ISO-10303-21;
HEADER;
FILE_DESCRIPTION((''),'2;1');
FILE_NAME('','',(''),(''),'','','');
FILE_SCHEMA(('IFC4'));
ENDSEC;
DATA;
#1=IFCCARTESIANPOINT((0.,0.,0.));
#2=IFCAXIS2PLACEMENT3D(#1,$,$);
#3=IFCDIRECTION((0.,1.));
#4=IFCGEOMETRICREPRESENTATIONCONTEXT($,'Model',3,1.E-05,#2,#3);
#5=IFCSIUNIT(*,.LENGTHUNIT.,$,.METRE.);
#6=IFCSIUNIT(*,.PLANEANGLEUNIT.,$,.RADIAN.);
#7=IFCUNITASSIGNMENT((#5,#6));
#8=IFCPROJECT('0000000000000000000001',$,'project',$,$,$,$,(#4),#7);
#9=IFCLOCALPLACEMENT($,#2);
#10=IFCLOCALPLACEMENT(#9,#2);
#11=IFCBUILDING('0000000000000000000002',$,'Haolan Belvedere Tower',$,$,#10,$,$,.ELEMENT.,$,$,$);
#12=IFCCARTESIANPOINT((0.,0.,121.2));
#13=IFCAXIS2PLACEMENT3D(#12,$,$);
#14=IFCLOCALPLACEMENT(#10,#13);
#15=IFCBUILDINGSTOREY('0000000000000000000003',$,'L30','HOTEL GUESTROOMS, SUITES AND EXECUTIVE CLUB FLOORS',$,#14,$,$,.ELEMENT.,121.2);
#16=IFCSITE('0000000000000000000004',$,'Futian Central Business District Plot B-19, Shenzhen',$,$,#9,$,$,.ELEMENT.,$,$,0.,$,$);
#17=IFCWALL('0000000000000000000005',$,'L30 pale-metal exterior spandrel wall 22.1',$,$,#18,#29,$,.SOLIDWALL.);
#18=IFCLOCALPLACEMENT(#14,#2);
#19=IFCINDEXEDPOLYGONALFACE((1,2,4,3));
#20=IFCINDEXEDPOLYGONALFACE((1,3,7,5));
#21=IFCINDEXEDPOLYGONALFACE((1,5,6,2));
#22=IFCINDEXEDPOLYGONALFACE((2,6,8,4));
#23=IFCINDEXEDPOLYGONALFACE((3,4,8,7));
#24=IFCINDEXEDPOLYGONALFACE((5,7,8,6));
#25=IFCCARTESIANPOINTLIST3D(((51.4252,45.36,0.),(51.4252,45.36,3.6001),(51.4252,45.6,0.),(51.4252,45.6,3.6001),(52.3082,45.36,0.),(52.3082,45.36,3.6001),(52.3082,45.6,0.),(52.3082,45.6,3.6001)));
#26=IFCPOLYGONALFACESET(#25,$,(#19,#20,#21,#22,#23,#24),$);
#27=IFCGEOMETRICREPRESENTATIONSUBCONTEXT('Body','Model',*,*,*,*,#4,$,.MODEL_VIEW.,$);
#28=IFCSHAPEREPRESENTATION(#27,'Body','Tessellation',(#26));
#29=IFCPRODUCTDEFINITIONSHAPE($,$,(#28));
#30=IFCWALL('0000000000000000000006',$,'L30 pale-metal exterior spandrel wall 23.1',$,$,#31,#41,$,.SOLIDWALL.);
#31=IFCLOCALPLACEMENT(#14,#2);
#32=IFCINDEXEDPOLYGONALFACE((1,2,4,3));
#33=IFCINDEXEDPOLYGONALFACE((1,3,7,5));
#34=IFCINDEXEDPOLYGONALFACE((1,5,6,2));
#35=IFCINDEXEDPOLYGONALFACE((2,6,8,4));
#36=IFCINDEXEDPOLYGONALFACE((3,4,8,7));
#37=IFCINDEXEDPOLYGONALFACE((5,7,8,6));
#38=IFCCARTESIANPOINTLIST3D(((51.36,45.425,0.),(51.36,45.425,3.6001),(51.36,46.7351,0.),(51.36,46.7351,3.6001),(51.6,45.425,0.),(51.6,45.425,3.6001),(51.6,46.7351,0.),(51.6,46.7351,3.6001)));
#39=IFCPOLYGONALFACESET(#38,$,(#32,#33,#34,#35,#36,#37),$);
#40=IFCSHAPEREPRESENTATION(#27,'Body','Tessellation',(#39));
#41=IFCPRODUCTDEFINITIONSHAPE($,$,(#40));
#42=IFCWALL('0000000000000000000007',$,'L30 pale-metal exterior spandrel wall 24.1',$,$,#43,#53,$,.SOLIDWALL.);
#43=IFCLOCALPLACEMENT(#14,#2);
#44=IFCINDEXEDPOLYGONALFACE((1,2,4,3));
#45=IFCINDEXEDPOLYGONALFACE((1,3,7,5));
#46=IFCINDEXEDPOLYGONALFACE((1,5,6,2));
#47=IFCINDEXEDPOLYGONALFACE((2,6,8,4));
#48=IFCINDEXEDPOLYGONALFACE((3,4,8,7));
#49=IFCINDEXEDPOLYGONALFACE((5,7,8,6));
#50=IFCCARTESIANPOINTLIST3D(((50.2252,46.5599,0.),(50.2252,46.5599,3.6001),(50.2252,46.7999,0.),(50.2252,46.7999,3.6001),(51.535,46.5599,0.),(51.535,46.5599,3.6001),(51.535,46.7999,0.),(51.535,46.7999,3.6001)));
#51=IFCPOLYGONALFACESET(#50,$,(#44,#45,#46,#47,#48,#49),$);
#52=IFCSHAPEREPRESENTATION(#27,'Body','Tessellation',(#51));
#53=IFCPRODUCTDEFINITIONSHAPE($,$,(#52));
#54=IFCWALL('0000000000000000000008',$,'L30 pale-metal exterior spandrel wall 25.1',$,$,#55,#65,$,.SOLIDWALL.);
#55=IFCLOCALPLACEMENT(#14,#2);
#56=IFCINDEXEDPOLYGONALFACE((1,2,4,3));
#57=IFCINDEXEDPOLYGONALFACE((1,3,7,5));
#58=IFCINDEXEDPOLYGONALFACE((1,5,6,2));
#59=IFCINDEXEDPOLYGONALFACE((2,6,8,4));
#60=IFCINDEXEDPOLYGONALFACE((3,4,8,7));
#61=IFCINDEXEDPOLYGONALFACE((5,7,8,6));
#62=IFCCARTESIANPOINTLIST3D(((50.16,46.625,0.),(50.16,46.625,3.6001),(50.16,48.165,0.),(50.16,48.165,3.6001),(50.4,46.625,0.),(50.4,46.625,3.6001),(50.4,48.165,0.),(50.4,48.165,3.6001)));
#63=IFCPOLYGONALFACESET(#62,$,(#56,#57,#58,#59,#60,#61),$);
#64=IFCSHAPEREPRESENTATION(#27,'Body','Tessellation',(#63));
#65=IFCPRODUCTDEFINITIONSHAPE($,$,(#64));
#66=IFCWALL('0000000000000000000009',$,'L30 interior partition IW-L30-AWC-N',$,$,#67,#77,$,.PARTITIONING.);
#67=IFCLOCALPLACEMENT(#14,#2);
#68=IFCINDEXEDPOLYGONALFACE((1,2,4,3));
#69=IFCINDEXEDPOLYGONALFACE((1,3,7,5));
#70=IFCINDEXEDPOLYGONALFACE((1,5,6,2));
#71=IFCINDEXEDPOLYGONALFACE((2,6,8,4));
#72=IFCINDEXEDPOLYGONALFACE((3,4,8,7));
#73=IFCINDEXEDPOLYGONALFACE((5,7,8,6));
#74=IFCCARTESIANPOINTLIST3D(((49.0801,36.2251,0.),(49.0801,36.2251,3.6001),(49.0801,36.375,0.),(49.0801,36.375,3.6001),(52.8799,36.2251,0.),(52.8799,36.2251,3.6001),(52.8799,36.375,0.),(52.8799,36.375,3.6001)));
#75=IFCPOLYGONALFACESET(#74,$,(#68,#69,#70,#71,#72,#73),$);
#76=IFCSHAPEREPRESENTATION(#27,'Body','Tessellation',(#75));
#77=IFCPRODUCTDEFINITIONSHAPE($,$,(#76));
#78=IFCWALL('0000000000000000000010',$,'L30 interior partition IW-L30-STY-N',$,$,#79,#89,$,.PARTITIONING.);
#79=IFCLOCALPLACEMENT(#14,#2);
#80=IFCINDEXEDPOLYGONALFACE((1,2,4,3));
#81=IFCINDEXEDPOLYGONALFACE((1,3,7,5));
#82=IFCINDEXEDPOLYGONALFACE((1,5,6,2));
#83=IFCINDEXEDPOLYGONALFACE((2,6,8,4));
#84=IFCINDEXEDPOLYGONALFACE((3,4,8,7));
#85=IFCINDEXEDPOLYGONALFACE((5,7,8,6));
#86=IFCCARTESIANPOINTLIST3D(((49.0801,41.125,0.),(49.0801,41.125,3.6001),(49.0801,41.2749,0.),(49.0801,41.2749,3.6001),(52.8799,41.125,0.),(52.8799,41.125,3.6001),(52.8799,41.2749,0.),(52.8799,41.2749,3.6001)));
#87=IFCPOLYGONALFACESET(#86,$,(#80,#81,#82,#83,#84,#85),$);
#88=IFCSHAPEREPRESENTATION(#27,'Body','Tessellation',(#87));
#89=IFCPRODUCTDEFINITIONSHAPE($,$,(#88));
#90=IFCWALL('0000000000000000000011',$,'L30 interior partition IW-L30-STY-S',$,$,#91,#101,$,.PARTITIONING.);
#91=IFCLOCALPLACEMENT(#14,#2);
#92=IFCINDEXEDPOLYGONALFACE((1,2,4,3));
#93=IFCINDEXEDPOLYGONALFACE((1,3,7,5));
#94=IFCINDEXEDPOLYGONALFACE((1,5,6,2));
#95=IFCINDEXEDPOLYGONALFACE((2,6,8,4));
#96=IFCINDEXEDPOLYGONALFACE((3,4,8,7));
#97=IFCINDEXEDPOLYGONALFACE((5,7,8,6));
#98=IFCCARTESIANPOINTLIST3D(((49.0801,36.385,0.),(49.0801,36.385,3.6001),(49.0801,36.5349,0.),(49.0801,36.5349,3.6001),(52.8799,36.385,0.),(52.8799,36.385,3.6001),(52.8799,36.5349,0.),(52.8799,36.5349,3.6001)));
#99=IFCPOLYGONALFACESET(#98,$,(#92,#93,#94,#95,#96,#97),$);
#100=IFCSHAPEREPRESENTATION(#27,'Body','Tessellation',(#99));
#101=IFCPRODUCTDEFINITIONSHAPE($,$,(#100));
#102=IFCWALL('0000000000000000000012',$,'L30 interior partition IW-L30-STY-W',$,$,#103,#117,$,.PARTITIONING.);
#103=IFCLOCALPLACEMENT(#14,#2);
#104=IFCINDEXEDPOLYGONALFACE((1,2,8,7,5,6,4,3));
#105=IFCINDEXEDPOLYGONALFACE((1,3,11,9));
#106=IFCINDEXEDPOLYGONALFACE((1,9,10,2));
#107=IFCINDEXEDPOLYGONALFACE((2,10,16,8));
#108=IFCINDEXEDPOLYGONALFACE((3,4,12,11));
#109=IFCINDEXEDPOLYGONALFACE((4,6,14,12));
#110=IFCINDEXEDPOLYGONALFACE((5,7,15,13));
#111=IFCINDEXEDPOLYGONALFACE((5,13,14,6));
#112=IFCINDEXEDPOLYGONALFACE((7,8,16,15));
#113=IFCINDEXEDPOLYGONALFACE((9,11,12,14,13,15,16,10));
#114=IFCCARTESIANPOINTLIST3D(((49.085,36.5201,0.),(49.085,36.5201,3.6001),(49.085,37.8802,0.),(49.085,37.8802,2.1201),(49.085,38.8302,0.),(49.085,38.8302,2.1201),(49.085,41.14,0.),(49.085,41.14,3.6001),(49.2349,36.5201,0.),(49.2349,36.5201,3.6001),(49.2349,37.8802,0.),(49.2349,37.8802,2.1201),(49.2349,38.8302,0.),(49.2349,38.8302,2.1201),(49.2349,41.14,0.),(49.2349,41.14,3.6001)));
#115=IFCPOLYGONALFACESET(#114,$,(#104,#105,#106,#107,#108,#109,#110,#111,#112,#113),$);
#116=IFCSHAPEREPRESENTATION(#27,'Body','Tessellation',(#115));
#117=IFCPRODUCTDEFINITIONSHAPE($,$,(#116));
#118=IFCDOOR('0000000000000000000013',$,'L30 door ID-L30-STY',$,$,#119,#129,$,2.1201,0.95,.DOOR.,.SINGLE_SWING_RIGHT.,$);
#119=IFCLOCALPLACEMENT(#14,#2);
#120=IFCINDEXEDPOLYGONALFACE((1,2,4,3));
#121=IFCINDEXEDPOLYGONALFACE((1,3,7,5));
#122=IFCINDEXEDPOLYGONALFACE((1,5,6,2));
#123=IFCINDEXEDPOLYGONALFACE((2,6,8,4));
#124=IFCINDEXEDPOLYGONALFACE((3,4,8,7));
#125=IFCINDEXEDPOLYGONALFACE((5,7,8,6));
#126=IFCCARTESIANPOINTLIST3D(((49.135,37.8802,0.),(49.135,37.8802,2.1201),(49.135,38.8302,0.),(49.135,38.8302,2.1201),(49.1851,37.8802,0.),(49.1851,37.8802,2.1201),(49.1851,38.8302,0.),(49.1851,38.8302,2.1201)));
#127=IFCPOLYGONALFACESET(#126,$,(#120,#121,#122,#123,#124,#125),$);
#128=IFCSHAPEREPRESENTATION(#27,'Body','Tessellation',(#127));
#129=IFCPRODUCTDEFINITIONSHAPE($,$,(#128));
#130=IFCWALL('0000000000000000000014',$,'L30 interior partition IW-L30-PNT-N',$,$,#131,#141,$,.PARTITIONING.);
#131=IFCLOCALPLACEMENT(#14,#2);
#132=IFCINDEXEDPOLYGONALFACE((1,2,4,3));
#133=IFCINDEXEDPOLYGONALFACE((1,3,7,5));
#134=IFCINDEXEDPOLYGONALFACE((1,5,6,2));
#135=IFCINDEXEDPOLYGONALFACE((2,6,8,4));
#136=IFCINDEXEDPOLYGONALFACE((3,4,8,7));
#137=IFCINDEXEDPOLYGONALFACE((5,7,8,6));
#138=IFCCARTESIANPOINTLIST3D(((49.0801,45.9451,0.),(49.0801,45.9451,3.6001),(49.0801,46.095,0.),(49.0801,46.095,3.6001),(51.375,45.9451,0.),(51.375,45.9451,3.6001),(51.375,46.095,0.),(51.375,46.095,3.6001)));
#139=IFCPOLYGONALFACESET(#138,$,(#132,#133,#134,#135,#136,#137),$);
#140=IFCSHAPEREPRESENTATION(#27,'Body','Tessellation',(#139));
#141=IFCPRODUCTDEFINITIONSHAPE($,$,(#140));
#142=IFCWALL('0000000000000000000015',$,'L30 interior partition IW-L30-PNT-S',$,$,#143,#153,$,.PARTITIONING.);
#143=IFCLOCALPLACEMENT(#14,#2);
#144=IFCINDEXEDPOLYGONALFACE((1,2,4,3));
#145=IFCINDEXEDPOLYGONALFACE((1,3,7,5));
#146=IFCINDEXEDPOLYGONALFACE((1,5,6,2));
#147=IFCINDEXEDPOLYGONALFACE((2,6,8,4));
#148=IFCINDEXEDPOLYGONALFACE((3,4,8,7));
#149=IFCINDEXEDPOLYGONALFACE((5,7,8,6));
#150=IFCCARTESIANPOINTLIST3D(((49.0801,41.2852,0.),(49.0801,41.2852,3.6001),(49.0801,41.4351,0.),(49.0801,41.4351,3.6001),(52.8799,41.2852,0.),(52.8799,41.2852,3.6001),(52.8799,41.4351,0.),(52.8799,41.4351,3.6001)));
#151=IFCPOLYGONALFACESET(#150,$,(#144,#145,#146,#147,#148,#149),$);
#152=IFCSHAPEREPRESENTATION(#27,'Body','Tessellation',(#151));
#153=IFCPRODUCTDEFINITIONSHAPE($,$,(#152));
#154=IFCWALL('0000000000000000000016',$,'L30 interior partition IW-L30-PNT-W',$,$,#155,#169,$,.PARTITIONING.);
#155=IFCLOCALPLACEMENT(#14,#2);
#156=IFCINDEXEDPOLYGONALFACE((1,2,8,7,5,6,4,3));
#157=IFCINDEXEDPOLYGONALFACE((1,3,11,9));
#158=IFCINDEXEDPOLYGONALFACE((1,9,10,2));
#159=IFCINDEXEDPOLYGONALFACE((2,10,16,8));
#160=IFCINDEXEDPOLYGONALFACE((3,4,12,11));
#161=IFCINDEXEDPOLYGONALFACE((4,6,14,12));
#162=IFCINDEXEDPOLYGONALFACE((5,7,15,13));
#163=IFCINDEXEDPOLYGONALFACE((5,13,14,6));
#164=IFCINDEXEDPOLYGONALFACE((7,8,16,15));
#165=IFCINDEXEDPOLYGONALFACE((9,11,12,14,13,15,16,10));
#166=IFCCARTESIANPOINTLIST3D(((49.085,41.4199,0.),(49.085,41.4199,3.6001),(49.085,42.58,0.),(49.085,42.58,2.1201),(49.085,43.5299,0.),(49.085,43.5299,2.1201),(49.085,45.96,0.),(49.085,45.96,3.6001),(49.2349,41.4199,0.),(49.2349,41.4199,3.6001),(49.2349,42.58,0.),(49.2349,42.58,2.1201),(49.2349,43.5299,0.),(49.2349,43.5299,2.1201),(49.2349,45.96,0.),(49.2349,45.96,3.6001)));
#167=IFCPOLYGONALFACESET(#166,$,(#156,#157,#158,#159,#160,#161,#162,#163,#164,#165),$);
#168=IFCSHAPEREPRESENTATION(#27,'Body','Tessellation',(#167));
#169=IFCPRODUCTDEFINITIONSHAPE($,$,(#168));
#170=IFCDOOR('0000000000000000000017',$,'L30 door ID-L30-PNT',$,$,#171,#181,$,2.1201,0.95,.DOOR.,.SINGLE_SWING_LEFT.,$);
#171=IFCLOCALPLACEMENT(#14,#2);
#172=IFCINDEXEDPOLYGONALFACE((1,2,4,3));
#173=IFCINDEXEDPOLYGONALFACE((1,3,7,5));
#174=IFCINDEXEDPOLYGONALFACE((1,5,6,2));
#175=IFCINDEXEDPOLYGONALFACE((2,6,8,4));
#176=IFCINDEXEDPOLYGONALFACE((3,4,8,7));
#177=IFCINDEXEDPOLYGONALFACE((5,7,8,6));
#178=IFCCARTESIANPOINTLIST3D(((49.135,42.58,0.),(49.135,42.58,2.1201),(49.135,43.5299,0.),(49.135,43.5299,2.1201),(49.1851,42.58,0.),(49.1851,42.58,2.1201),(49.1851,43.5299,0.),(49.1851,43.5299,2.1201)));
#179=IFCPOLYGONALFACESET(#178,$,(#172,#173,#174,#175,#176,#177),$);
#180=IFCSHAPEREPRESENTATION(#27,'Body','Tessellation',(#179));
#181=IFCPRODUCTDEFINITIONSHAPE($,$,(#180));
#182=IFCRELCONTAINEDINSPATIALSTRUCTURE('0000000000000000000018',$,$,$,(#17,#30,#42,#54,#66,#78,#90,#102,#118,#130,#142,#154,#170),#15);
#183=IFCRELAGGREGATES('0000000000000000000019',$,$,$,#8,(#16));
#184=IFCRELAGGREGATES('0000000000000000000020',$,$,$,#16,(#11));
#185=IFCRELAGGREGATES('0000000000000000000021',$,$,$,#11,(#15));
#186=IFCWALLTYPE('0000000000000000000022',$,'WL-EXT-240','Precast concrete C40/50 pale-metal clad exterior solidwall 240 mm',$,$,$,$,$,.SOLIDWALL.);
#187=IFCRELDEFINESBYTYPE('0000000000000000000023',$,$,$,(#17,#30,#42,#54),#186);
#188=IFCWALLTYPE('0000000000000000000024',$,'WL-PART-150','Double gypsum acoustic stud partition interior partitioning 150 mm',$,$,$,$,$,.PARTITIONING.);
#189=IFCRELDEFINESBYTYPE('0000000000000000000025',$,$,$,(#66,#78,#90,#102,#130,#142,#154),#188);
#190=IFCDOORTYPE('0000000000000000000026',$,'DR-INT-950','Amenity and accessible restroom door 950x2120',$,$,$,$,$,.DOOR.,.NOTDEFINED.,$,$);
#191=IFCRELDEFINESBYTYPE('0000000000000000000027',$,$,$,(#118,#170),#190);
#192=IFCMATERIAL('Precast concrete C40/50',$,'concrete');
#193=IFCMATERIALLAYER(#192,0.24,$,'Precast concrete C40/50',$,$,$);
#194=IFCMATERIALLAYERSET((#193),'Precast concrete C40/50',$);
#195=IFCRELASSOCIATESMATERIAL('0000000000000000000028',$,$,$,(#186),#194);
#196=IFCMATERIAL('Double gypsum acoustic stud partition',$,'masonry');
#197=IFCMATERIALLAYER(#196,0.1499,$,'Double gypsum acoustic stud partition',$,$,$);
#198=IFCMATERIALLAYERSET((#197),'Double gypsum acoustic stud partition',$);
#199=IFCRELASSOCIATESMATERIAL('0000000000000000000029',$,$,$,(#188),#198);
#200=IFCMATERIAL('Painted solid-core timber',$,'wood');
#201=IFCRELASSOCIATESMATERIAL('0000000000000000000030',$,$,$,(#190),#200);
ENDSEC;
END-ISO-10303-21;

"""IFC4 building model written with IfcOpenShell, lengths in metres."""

from ifc_helpers import new_model, si_unit, direction, frame, frame_2d, origin, place, context, subcontext, project, spatial, rectangle, extrude, material, layer, layer_set, type_object, element, fill, save


model = new_model("IFC4")

# Units and contexts
model_context = context("Model", 3, precision=1e-05, world=origin(), true_north=direction((0.0, 1.0)))
body_context = subcontext(model_context, "Body", "Model", "MODEL_VIEW")
ifc_project = project(units=[si_unit("LENGTHUNIT", "METRE"), si_unit("PLANEANGLEUNIT", "RADIAN")], contexts=[model_context])

# Site, building, storey
site_placement = place(None, origin())
site = spatial("IfcSite", under=ifc_project, at=site_placement, Name="Futian Central Business District Plot B-19, Shenzhen", CompositionType="ELEMENT", RefElevation=0.0)
building_placement = place(site_placement, origin())
building = spatial("IfcBuilding", under=site, at=building_placement, Name="Haolan Belvedere Tower", CompositionType="ELEMENT")
storey_placement = place(building_placement, frame((0.0, 0.0, 121.2)))
storey = spatial("IfcBuildingStorey", under=building, at=storey_placement, Name="L30", Description="HOTEL GUESTROOMS, SUITES AND EXECUTIVE CLUB FLOORS", CompositionType="ELEMENT", Elevation=121.2)

# Walls
ifc_material_1 = material(Name="Precast concrete C40/50", Category="concrete")
ifc_layer_1 = layer(ifc_material_1, 0.24, Name="Precast concrete C40/50")
ifc_layer_set_1 = layer_set([ifc_layer_1], Name="Precast concrete C40/50")
wall_type_1 = type_object("IfcWallType", Name="WL-EXT-240", Description="Precast concrete C40/50 pale-metal clad exterior solidwall 240 mm", PredefinedType="SOLIDWALL", material=ifc_layer_set_1)
wall_1_placement = place(storey_placement, frame((52.3081, 45.48, 0.0), z_axis=(0.0, 0.0, 1.0), x_axis=(-1.0, 0.0, 0.0)))
element("IfcWall", 1, at=wall_1_placement, inside=storey, type_object=wall_type_1, Name="L30 pale-metal exterior spandrel wall 22.1", PredefinedType="SOLIDWALL", context=body_context, shape_type="SweptSolid", body=[
    extrude(rectangle(XDim=0.8831, YDim=0.24, at=frame_2d((0.4414, 0.0))), origin(), (0.0, 0.0, 1.0), 3.6001),
])
wall_2_placement = place(storey_placement, frame((51.48, 45.425, 0.0), z_axis=(0.0, 0.0, 1.0), x_axis=(0.0, 1.0, 0.0)))
element("IfcWall", 2, at=wall_2_placement, inside=storey, type_object=wall_type_1, Name="L30 pale-metal exterior spandrel wall 23.1", PredefinedType="SOLIDWALL", context=body_context, shape_type="SweptSolid", body=[
    extrude(rectangle(XDim=1.3101, YDim=0.24, at=frame_2d((0.655, 0.0))), origin(), (0.0, 0.0, 1.0), 3.6001),
])
wall_3_placement = place(storey_placement, frame((51.5349, 46.6799, 0.0), z_axis=(0.0, 0.0, 1.0), x_axis=(-1.0, 0.0, 0.0)))
element("IfcWall", 3, at=wall_3_placement, inside=storey, type_object=wall_type_1, Name="L30 pale-metal exterior spandrel wall 24.1", PredefinedType="SOLIDWALL", context=body_context, shape_type="SweptSolid", body=[
    extrude(rectangle(XDim=1.3098, YDim=0.24, at=frame_2d((0.6548, 0.0))), origin(), (0.0, 0.0, 1.0), 3.6001),
])
wall_4_placement = place(storey_placement, frame((50.28, 46.625, 0.0), z_axis=(0.0, 0.0, 1.0), x_axis=(0.0, 1.0, 0.0)))
element("IfcWall", 4, at=wall_4_placement, inside=storey, type_object=wall_type_1, Name="L30 pale-metal exterior spandrel wall 25.1", PredefinedType="SOLIDWALL", context=body_context, shape_type="SweptSolid", body=[
    extrude(rectangle(XDim=1.54, YDim=0.24, at=frame_2d((0.77, 0.0))), origin(), (0.0, 0.0, 1.0), 3.6001),
])
ifc_material_2 = material(Name="Double gypsum acoustic stud partition", Category="masonry")
ifc_layer_2 = layer(ifc_material_2, 0.1499, Name="Double gypsum acoustic stud partition")
ifc_layer_set_2 = layer_set([ifc_layer_2], Name="Double gypsum acoustic stud partition")
wall_type_2 = type_object("IfcWallType", Name="WL-PART-150", Description="Double gypsum acoustic stud partition interior partitioning 150 mm", PredefinedType="PARTITIONING", material=ifc_layer_set_2)
wall_5_placement = place(storey_placement, frame((49.0801, 36.3, 0.0), z_axis=(0.0, 0.0, 1.0), x_axis=(1.0, 0.0, 0.0)))
element("IfcWall", 5, at=wall_5_placement, inside=storey, type_object=wall_type_2, Name="L30 interior partition IW-L30-AWC-N", PredefinedType="PARTITIONING", context=body_context, shape_type="SweptSolid", body=[
    extrude(rectangle(XDim=3.7998, YDim=0.1499, at=frame_2d((1.8999, 0.0))), origin(), (0.0, 0.0, 1.0), 3.6001),
])

# Shared definitions
ifc_material_3 = material(Name="Painted solid-core timber", Category="wood")
door_type = type_object("IfcDoorType", Name="DR-INT-950", Description="Amenity and accessible restroom door 950x2120", OperationType="NOTDEFINED", PredefinedType="DOOR", material=ifc_material_3)

# Walls
for number, where, z_axis, x_axis, name in (
    (6, (49.0801, 41.2, 0.0), (0.0, 0.0, 1.0), (1.0, 0.0, 0.0), "L30 interior partition IW-L30-STY-N"),
    (7, (49.0801, 36.46, 0.0), (0.0, 0.0, 1.0), (1.0, 0.0, 0.0), "L30 interior partition IW-L30-STY-S"),
):
    element("IfcWall", number, at=place(storey_placement, frame(where, z_axis=z_axis, x_axis=x_axis)), inside=storey, type_object=wall_type_2, Name=name, PredefinedType="PARTITIONING", context=body_context, shape_type="SweptSolid", body=[
        extrude(rectangle(XDim=3.7998, YDim=0.1499, at=frame_2d((1.8999, 0.0))), origin(), (0.0, 0.0, 1.0), 3.6001),
    ])

# Wall, opening, door
wall_6_placement = place(storey_placement, frame((49.1599, 36.52, 0.0), z_axis=(0.0, 0.0, 1.0), x_axis=(0.0, 1.0, 0.0)))
wall_6 = element("IfcWall", 8, at=wall_6_placement, inside=storey, type_object=wall_type_2, Name="L30 interior partition IW-L30-STY-W", PredefinedType="PARTITIONING", context=body_context, shape_type="SweptSolid", body=[
    extrude(rectangle(XDim=4.6199, YDim=0.1499, at=frame_2d((2.3101, 0.0))), origin(), (0.0, 0.0, 1.0), 3.6001),
])
opening_1_placement = place(wall_6_placement, frame((1.3601, 0.0, 0.0)))
opening_1 = element("IfcOpeningElement", 9, at=opening_1_placement, cuts=wall_6, PredefinedType="OPENING", context=body_context, shape_type="SweptSolid", body=[
    extrude(rectangle(XDim=0.95, YDim=2.1201, at=frame_2d((0.4751, 1.0601))), frame((0.0, 0.085, 0.0), z_axis=(0.0, -1.0, 0.0), x_axis=(1.0, 0.0, 0.0)), (0.0, 0.0, 1.0), 0.1699),
])
door_1_placement = place(opening_1_placement, origin())
door_1 = element("IfcDoor", 10, at=door_1_placement, inside=storey, type_object=door_type, Name="L30 door ID-L30-STY", OperationType="SINGLE_SWING_RIGHT", OverallHeight=2.1201, OverallWidth=0.95, PredefinedType="DOOR", context=body_context, shape_type="SweptSolid", body=[
    extrude(rectangle(XDim=0.95, YDim=2.1201, at=frame_2d((0.4751, 1.0601))), frame((0.0, 0.0249, 0.0), z_axis=(0.0, -1.0, 0.0), x_axis=(1.0, 0.0, 0.0)), (0.0, 0.0, 1.0), 0.05),
])
fill(opening_1, door_1)

# Walls
wall_7_placement = place(storey_placement, frame((49.0801, 46.02, 0.0), z_axis=(0.0, 0.0, 1.0), x_axis=(1.0, 0.0, 0.0)))
element("IfcWall", 11, at=wall_7_placement, inside=storey, type_object=wall_type_2, Name="L30 interior partition IW-L30-PNT-N", PredefinedType="PARTITIONING", context=body_context, shape_type="SweptSolid", body=[
    extrude(rectangle(XDim=2.2949, YDim=0.1499, at=frame_2d((1.1475, 0.0))), origin(), (0.0, 0.0, 1.0), 3.6001),
])
wall_8_placement = place(storey_placement, frame((49.0801, 41.3601, 0.0), z_axis=(0.0, 0.0, 1.0), x_axis=(1.0, 0.0, 0.0)))
element("IfcWall", 12, at=wall_8_placement, inside=storey, type_object=wall_type_2, Name="L30 interior partition IW-L30-PNT-S", PredefinedType="PARTITIONING", context=body_context, shape_type="SweptSolid", body=[
    extrude(rectangle(XDim=3.7998, YDim=0.1499, at=frame_2d((1.8999, 0.0))), origin(), (0.0, 0.0, 1.0), 3.6001),
])

# Wall, opening, door
wall_9_placement = place(storey_placement, frame((49.1599, 41.4199, 0.0), z_axis=(0.0, 0.0, 1.0), x_axis=(0.0, 1.0, 0.0)))
wall_9 = element("IfcWall", 13, at=wall_9_placement, inside=storey, type_object=wall_type_2, Name="L30 interior partition IW-L30-PNT-W", PredefinedType="PARTITIONING", context=body_context, shape_type="SweptSolid", body=[
    extrude(rectangle(XDim=4.54, YDim=0.1499, at=frame_2d((2.27, 0.0))), origin(), (0.0, 0.0, 1.0), 3.6001),
])
opening_2_placement = place(wall_9_placement, frame((1.1599, 0.0, 0.0)))
opening_2 = element("IfcOpeningElement", 14, at=opening_2_placement, cuts=wall_9, PredefinedType="OPENING", context=body_context, shape_type="SweptSolid", body=[
    extrude(rectangle(XDim=0.95, YDim=2.1201, at=frame_2d((0.4751, 1.0601))), frame((0.0, 0.085, 0.0), z_axis=(0.0, -1.0, 0.0), x_axis=(1.0, 0.0, 0.0)), (0.0, 0.0, 1.0), 0.1699),
])
door_2_placement = place(opening_2_placement, origin())
door_2 = element("IfcDoor", 15, at=door_2_placement, inside=storey, type_object=door_type, Name="L30 door ID-L30-PNT", OperationType="SINGLE_SWING_LEFT", OverallHeight=2.1201, OverallWidth=0.95, PredefinedType="DOOR", context=body_context, shape_type="SweptSolid", body=[
    extrude(rectangle(XDim=0.95, YDim=2.1201, at=frame_2d((0.4751, 1.0601))), frame((0.0, 0.0249, 0.0), z_axis=(0.0, -1.0, 0.0), x_axis=(1.0, 0.0, 0.0)), (0.0, 0.0, 1.0), 0.05),
])
fill(opening_2, door_2)

save(model, "model.ifc")
